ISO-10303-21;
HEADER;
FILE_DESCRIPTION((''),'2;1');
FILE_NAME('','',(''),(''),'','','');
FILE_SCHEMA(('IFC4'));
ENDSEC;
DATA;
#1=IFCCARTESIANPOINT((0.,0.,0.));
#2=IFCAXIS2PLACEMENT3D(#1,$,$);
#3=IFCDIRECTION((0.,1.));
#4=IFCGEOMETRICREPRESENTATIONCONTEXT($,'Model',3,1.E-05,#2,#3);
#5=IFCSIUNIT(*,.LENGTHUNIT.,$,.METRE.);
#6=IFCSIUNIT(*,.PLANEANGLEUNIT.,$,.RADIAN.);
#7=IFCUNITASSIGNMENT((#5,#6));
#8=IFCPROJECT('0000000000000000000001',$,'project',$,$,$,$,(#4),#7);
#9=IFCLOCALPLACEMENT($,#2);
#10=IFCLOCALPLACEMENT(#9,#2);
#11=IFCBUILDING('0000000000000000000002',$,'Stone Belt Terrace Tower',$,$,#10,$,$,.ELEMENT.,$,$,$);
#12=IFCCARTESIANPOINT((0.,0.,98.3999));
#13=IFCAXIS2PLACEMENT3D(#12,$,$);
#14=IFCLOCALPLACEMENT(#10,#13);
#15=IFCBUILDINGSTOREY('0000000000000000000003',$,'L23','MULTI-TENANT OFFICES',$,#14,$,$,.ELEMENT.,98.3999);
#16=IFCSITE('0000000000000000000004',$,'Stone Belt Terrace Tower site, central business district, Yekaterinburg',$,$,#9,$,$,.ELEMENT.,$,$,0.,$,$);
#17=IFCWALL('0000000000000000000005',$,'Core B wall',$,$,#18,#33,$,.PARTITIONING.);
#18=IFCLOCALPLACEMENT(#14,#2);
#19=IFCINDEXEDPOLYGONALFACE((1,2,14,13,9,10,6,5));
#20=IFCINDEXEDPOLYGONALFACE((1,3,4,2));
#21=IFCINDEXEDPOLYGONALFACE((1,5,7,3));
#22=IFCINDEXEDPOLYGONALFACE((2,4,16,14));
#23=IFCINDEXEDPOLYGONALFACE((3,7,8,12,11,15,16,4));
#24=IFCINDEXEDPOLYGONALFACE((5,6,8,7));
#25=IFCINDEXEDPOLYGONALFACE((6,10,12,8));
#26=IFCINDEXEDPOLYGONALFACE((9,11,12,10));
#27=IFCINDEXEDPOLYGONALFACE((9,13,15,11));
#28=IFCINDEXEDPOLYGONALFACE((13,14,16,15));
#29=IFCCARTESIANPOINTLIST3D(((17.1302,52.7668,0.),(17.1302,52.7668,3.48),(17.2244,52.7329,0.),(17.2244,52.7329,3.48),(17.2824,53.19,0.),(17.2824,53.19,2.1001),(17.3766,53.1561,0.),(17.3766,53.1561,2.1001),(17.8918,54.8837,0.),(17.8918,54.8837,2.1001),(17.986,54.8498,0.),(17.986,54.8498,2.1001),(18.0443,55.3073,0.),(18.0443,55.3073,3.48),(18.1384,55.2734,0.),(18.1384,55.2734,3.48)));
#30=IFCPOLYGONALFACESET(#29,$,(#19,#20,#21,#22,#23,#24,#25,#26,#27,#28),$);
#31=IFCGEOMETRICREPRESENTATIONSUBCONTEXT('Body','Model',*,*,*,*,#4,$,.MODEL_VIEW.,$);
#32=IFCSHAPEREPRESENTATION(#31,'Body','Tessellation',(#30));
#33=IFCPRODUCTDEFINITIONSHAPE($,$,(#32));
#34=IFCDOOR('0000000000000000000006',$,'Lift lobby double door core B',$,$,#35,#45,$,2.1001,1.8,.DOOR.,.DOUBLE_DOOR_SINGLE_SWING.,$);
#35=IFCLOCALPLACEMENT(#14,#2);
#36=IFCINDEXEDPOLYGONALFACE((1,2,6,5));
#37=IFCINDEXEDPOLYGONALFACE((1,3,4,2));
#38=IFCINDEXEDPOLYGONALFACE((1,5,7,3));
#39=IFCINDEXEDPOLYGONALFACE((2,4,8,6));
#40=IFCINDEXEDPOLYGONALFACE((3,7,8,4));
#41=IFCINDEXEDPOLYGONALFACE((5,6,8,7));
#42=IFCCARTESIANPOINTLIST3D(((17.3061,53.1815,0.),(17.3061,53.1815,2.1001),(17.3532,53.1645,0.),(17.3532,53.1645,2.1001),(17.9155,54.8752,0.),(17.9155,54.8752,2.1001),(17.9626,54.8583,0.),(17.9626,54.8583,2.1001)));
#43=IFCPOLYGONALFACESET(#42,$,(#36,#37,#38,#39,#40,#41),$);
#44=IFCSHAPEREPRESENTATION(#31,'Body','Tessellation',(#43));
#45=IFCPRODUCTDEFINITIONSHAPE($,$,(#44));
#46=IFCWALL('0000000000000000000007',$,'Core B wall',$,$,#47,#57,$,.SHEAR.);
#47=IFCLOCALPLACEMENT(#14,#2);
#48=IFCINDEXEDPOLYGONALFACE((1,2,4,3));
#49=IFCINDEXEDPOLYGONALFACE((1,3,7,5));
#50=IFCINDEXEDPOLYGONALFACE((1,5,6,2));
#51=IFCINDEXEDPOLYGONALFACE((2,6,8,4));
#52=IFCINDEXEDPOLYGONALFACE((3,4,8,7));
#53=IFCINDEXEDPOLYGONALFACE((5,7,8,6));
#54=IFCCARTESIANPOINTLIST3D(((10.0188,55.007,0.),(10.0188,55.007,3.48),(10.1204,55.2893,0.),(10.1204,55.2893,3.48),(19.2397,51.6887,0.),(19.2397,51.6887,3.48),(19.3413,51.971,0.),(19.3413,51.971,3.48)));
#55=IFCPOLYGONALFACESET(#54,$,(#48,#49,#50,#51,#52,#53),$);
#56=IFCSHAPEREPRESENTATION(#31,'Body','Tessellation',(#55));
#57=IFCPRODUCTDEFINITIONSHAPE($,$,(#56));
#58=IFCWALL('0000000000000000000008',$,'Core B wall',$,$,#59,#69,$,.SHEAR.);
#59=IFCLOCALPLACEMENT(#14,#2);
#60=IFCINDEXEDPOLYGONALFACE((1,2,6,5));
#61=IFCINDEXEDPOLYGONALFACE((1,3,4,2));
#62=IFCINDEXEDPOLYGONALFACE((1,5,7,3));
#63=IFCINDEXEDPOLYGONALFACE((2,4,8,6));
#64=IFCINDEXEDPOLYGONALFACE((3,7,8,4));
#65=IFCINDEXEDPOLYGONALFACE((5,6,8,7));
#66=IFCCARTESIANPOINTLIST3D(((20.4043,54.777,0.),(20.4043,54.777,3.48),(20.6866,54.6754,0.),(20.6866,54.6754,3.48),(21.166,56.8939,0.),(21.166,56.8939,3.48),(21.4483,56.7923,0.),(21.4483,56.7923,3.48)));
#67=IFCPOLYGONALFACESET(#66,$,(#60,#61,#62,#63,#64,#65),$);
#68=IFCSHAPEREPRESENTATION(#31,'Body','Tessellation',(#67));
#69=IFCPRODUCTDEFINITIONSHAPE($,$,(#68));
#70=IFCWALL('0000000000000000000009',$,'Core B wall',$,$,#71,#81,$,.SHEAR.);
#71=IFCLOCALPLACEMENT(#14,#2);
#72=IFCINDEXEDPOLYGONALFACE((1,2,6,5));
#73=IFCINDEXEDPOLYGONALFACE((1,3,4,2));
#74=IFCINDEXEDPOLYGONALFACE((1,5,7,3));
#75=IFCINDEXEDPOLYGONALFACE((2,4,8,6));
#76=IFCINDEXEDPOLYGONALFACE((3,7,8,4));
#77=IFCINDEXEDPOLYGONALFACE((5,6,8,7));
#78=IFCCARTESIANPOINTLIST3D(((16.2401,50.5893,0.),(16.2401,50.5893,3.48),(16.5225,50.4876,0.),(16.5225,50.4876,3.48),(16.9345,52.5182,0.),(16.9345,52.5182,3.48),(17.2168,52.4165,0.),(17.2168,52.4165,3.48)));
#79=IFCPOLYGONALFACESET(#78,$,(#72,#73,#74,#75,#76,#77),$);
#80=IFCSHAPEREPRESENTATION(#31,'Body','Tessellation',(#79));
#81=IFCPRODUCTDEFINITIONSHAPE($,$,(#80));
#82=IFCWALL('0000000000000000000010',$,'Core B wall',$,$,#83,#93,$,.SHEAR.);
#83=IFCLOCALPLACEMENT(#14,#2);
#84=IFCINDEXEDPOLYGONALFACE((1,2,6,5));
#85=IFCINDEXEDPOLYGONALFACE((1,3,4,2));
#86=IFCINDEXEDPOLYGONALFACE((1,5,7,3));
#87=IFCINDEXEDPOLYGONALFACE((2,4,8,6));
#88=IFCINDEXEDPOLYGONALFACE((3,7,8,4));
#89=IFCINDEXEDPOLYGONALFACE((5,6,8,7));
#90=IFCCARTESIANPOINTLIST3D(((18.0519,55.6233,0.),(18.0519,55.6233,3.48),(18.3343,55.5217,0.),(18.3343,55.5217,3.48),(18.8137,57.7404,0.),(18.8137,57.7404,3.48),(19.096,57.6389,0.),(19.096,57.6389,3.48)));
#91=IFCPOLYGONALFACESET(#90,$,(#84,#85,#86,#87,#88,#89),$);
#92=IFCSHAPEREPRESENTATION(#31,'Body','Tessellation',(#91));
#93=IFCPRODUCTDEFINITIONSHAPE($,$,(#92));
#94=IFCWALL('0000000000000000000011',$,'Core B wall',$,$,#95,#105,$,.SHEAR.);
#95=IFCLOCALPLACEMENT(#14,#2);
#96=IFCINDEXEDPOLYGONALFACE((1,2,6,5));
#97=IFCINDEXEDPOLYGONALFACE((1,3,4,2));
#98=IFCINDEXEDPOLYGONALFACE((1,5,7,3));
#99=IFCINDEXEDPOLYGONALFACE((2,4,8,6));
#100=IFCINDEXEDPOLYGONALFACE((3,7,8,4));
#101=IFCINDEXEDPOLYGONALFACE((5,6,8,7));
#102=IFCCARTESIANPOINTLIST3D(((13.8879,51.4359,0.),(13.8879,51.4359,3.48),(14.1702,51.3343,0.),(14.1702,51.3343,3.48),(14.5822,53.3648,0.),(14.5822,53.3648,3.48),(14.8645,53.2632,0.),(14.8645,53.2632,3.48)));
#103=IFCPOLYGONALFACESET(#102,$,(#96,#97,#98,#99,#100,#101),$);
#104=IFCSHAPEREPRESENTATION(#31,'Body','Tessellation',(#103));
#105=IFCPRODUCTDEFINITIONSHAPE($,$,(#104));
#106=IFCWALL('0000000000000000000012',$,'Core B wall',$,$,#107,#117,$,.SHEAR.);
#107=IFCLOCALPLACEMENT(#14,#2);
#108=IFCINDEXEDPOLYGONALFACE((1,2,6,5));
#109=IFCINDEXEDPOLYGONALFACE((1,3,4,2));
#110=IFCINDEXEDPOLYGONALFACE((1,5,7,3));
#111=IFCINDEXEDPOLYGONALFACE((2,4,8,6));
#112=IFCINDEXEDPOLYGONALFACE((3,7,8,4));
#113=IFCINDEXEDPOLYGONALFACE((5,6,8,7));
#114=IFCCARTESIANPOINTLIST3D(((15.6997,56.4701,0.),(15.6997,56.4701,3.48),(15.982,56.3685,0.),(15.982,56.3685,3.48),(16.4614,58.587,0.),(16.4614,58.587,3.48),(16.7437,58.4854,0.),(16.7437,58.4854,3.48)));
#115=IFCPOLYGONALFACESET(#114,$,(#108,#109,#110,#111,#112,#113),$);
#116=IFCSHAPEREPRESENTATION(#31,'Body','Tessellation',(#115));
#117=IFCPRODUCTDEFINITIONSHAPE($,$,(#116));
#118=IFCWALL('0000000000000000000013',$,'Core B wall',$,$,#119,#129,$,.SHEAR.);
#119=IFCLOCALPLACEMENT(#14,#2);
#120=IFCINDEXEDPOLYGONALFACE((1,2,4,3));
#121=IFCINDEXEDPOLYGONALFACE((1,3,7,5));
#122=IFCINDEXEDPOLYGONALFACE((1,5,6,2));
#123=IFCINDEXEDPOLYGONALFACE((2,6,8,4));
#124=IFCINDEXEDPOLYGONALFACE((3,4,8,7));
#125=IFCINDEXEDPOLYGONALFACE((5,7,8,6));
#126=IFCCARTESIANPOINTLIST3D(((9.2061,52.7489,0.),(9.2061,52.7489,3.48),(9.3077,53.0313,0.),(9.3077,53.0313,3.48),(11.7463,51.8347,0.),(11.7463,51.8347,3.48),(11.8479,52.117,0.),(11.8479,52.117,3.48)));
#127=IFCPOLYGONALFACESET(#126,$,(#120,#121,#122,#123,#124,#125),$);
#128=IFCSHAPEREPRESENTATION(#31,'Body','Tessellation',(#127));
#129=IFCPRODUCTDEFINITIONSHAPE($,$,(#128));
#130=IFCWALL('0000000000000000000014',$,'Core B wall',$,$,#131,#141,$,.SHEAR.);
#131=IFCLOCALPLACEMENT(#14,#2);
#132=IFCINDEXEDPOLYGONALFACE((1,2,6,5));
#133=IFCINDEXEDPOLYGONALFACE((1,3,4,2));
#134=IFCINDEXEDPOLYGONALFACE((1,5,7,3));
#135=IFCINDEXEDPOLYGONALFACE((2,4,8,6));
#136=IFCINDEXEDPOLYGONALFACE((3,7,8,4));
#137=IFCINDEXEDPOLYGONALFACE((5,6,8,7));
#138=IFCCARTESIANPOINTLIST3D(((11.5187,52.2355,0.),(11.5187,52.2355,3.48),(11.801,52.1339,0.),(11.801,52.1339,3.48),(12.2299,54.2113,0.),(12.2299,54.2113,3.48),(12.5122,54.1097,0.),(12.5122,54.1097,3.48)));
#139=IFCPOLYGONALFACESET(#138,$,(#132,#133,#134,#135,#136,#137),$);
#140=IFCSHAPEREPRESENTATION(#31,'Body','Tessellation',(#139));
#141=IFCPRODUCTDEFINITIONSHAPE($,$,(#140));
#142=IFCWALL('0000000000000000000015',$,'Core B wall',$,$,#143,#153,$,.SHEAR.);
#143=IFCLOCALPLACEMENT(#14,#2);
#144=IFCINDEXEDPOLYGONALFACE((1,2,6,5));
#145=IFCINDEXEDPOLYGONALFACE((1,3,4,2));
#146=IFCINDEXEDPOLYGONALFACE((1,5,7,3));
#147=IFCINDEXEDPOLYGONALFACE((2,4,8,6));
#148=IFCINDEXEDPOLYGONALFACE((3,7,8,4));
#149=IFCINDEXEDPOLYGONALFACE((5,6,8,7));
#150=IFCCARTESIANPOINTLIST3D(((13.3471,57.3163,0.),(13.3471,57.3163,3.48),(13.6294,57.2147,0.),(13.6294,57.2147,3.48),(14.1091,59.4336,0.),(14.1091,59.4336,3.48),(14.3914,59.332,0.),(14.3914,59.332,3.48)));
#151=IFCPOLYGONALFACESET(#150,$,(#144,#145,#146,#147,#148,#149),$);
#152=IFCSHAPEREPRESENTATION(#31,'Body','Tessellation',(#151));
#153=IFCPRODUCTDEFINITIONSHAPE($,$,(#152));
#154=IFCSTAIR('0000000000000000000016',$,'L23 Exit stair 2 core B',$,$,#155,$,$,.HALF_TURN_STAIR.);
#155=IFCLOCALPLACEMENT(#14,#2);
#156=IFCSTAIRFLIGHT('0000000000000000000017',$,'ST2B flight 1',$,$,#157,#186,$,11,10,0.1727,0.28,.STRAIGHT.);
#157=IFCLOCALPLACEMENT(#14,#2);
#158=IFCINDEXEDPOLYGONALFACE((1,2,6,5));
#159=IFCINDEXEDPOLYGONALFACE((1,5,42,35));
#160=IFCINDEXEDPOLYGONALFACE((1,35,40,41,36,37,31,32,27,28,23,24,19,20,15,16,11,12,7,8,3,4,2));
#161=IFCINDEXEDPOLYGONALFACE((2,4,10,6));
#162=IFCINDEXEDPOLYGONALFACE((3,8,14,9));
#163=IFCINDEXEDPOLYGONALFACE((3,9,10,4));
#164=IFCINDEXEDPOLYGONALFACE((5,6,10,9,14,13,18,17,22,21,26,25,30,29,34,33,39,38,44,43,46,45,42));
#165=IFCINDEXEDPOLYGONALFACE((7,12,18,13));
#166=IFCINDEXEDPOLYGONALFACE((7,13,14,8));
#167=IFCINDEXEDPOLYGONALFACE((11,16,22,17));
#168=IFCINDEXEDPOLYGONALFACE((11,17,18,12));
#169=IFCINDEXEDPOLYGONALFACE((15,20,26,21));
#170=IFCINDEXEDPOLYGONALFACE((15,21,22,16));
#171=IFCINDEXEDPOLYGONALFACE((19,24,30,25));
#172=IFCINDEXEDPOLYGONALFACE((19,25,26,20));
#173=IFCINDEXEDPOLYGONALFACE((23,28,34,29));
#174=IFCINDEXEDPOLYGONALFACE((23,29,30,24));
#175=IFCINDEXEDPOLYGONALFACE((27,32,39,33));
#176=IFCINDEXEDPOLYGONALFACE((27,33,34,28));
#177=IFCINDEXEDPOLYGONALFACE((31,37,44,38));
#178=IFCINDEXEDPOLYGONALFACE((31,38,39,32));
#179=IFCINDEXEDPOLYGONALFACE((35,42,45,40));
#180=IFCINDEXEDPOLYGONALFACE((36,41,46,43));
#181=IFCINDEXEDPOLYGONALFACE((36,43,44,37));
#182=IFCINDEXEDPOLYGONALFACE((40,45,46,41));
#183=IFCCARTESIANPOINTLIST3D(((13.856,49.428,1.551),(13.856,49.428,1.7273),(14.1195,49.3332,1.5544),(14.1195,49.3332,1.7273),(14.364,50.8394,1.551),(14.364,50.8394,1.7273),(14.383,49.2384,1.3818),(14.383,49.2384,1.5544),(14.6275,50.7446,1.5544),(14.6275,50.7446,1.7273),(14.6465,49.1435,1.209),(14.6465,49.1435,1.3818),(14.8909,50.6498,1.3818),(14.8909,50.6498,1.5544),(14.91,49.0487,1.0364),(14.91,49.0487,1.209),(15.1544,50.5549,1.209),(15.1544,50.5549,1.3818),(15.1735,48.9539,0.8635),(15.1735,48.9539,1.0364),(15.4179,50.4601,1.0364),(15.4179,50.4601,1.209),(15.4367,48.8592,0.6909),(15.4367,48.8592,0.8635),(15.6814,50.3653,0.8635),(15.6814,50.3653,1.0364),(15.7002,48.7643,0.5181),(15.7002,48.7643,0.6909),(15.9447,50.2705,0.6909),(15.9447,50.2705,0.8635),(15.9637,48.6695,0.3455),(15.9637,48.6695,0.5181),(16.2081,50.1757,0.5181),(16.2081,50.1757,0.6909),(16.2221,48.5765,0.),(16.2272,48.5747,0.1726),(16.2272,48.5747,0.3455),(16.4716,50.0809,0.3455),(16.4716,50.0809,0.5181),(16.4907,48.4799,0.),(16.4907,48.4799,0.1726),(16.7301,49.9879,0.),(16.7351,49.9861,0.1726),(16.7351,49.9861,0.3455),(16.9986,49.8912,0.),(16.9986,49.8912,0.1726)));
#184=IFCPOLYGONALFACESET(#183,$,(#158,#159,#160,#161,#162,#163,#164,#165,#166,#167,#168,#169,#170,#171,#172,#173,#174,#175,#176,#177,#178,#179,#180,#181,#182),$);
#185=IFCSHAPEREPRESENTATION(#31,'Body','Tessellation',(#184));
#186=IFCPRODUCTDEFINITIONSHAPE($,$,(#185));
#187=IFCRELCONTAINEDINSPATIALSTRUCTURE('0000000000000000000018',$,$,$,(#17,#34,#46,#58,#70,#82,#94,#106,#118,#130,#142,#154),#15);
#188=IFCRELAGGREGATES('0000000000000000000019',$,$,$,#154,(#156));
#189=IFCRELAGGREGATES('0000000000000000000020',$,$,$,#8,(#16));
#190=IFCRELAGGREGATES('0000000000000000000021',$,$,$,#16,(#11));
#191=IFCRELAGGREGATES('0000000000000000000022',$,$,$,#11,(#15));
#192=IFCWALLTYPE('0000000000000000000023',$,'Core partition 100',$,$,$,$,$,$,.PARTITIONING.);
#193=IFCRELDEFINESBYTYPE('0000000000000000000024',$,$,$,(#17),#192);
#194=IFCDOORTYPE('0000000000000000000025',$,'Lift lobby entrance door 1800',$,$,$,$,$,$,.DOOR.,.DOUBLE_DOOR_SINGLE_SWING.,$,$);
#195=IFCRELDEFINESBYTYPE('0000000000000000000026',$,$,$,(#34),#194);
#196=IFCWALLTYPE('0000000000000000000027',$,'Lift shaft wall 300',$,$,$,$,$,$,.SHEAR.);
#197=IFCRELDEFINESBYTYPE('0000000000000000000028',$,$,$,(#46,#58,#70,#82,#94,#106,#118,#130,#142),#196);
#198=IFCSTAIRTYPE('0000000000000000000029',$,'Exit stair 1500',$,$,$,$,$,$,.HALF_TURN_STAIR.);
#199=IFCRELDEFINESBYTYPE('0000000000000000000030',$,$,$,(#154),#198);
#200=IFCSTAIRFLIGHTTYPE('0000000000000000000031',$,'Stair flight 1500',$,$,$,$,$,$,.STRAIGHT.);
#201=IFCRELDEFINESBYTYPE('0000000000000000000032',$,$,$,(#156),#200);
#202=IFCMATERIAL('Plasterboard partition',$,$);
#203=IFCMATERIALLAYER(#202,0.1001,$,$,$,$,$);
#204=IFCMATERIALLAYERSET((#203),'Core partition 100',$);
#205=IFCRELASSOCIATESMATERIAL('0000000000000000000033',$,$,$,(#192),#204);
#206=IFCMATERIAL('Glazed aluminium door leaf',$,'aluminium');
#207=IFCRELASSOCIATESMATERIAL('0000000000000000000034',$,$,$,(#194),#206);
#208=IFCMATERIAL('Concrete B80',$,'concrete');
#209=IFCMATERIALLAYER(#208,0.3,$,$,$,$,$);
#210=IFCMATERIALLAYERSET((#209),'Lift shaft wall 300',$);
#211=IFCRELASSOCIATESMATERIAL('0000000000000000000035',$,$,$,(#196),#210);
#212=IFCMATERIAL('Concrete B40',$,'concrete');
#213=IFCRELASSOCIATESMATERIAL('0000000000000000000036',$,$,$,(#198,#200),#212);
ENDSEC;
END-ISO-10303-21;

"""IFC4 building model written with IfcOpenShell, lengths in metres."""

from ifc_helpers import new_model, si_unit, direction, frame, frame_2d, origin, place, context, subcontext, project, spatial, polyline, rectangle, outline, extrude, material, layer, layer_set, type_object, element, fill, aggregate, save


model = new_model("IFC4")

# Units and contexts
model_context = context("Model", 3, precision=1e-05, world=origin(), true_north=direction((0.0, 1.0)))
body_context = subcontext(model_context, "Body", "Model", "MODEL_VIEW")
ifc_project = project(units=[si_unit("LENGTHUNIT", "METRE"), si_unit("PLANEANGLEUNIT", "RADIAN")], contexts=[model_context])

# Site, building, storey
site_placement = place(None, origin())
site = spatial("IfcSite", under=ifc_project, at=site_placement, Name="Stone Belt Terrace Tower site, central business district, Yekaterinburg", CompositionType="ELEMENT", RefElevation=0.0)
building_placement = place(site_placement, origin())
building = spatial("IfcBuilding", under=site, at=building_placement, Name="Stone Belt Terrace Tower", CompositionType="ELEMENT")
storey_placement = place(building_placement, frame((0.0, 0.0, 98.3999)))
storey = spatial("IfcBuildingStorey", under=building, at=storey_placement, Name="L23", Description="MULTI-TENANT OFFICES", CompositionType="ELEMENT", Elevation=98.3999)

# Wall, opening, door
ifc_material_1 = material(Name="Plasterboard partition")
ifc_layer_1 = layer(ifc_material_1, 0.1001)
ifc_layer_set_1 = layer_set([ifc_layer_1], Name="Core partition 100")
wall_type_1 = type_object("IfcWallType", Name="Core partition 100", PredefinedType="PARTITIONING", material=ifc_layer_set_1)
wall_1_placement = place(storey_placement, frame((17.1772, 52.7498, 0.0), z_axis=(0.0, 0.0, 1.0), x_axis=(0.338547, 0.94095, 0.0)))
wall_1 = element("IfcWall", 1, at=wall_1_placement, inside=storey, type_object=wall_type_1, Name="Core B wall", PredefinedType="PARTITIONING", context=body_context, shape_type="SweptSolid", body=[
    extrude(rectangle(XDim=2.7, YDim=0.1001, at=frame_2d((1.3501, 0.0))), origin(), (0.0, 0.0, 1.0), 3.48),
])
opening_placement = place(wall_1_placement, frame((0.45, 0.0, 0.0)))
opening = element("IfcOpeningElement", 2, at=opening_placement, cuts=wall_1, PredefinedType="OPENING", context=body_context, shape_type="SweptSolid", body=[
    extrude(rectangle(XDim=1.8, YDim=2.1001, at=frame_2d((0.8999, 1.05))), frame((0.0, 0.0601, 0.0), z_axis=(0.0, -1.0, 0.0), x_axis=(1.0, 0.0, 0.0)), (0.0, 0.0, 1.0), 0.1201),
])
ifc_material_2 = material(Name="Glazed aluminium door leaf", Category="aluminium")
door_type = type_object("IfcDoorType", Name="Lift lobby entrance door 1800", OperationType="DOUBLE_DOOR_SINGLE_SWING", PredefinedType="DOOR", material=ifc_material_2)
door_placement = place(opening_placement, origin())
door = element("IfcDoor", 3, at=door_placement, inside=storey, type_object=door_type, Name="Lift lobby double door core B", OperationType="DOUBLE_DOOR_SINGLE_SWING", OverallHeight=2.1001, OverallWidth=1.8, PredefinedType="DOOR", context=body_context, shape_type="SweptSolid", body=[
    extrude(rectangle(XDim=1.8, YDim=2.1001, at=frame_2d((0.8999, 1.05))), frame((0.0, 0.0249, 0.0), z_axis=(0.0, -1.0, 0.0), x_axis=(1.0, 0.0, 0.0)), (0.0, 0.0, 1.0), 0.05),
])
fill(opening, door)

# Walls
ifc_material_3 = material(Name="Concrete B80", Category="concrete")
ifc_layer_2 = layer(ifc_material_3, 0.3)
ifc_layer_set_2 = layer_set([ifc_layer_2], Name="Lift shaft wall 300")
wall_type_2 = type_object("IfcWallType", Name="Lift shaft wall 300", PredefinedType="SHEAR", material=ifc_layer_set_2)
wall_2_placement = place(storey_placement, frame((19.2905, 51.8298, 0.0), z_axis=(0.0, 0.0, 1.0), x_axis=(-0.940926, 0.338613, 0.0)))
element("IfcWall", 4, at=wall_2_placement, inside=storey, type_object=wall_type_2, Name="Core B wall", PredefinedType="SHEAR", context=body_context, shape_type="SweptSolid", body=[
    extrude(rectangle(XDim=9.7998, YDim=0.3, at=frame_2d((4.8999, 0.0))), origin(), (0.0, 0.0, 1.0), 3.48),
])
wall_3_placement = place(storey_placement, frame((20.5454, 54.7261, 0.0), z_axis=(0.0, 0.0, 1.0), x_axis=(0.33857, 0.940941, 0.0)))
element("IfcWall", 5, at=wall_3_placement, inside=storey, type_object=wall_type_2, Name="Core B wall", PredefinedType="SHEAR", context=body_context, shape_type="SweptSolid", body=[
    extrude(rectangle(XDim=2.2498, YDim=0.3, at=frame_2d((1.125, 0.0))), origin(), (0.0, 0.0, 1.0), 3.48),
])
wall_4_placement = place(storey_placement, frame((16.3813, 50.5386, 0.0), z_axis=(0.0, 0.0, 1.0), x_axis=(0.338682, 0.940901, 0.0)))
element("IfcWall", 6, at=wall_4_placement, inside=storey, type_object=wall_type_2, Name="Core B wall", PredefinedType="SHEAR", context=body_context, shape_type="SweptSolid", body=[
    extrude(rectangle(XDim=2.05, YDim=0.3, at=frame_2d((1.0249, 0.0))), origin(), (0.0, 0.0, 1.0), 3.48),
])
wall_5_placement = place(storey_placement, frame((18.1931, 55.5725, 0.0), z_axis=(0.0, 0.0, 1.0), x_axis=(0.338535, 0.940954, 0.0)))
element("IfcWall", 7, at=wall_5_placement, inside=storey, type_object=wall_type_2, Name="Core B wall", PredefinedType="SHEAR", context=body_context, shape_type="SweptSolid", body=[
    extrude(rectangle(XDim=2.25, YDim=0.3, at=frame_2d((1.125, 0.0))), origin(), (0.0, 0.0, 1.0), 3.48),
])
wall_6_placement = place(storey_placement, frame((14.0291, 51.3853, 0.0), z_axis=(0.0, 0.0, 1.0), x_axis=(0.338682, 0.940901, 0.0)))
element("IfcWall", 8, at=wall_6_placement, inside=storey, type_object=wall_type_2, Name="Core B wall", PredefinedType="SHEAR", context=body_context, shape_type="SweptSolid", body=[
    extrude(rectangle(XDim=2.05, YDim=0.3, at=frame_2d((1.0249, 0.0))), origin(), (0.0, 0.0, 1.0), 3.48),
])
wall_7_placement = place(storey_placement, frame((15.8408, 56.4192, 0.0), z_axis=(0.0, 0.0, 1.0), x_axis=(0.33857, 0.940941, 0.0)))
element("IfcWall", 9, at=wall_7_placement, inside=storey, type_object=wall_type_2, Name="Core B wall", PredefinedType="SHEAR", context=body_context, shape_type="SweptSolid", body=[
    extrude(rectangle(XDim=2.2498, YDim=0.3, at=frame_2d((1.125, 0.0))), origin(), (0.0, 0.0, 1.0), 3.48),
])
wall_8_placement = place(storey_placement, frame((11.7971, 51.9758, 0.0), z_axis=(0.0, 0.0, 1.0), x_axis=(-0.94091, 0.338655, 0.0)))
element("IfcWall", 10, at=wall_8_placement, inside=storey, type_object=wall_type_2, Name="Core B wall", PredefinedType="SHEAR", context=body_context, shape_type="SweptSolid", body=[
    extrude(rectangle(XDim=2.6997, YDim=0.3, at=frame_2d((1.3499, 0.0))), origin(), (0.0, 0.0, 1.0), 3.48),
])
wall_9_placement = place(storey_placement, frame((11.6599, 52.1848, 0.0), z_axis=(0.0, 0.0, 1.0), x_axis=(0.33867, 0.940905, 0.0)))
element("IfcWall", 11, at=wall_9_placement, inside=storey, type_object=wall_type_2, Name="Core B wall", PredefinedType="SHEAR", context=body_context, shape_type="SweptSolid", body=[
    extrude(rectangle(XDim=2.0999, YDim=0.3, at=frame_2d((1.0498, 0.0))), origin(), (0.0, 0.0, 1.0), 3.48),
])
wall_10_placement = place(storey_placement, frame((13.4883, 57.2656, 0.0), z_axis=(0.0, 0.0, 1.0), x_axis=(0.338631, 0.940919, 0.0)))
element("IfcWall", 12, at=wall_10_placement, inside=storey, type_object=wall_type_2, Name="Core B wall", PredefinedType="SHEAR", context=body_context, shape_type="SweptSolid", body=[
    extrude(rectangle(XDim=2.2502, YDim=0.3, at=frame_2d((1.125, 0.0))), origin(), (0.0, 0.0, 1.0), 3.48),
])

# Stair, stair flight
ifc_material_4 = material(Name="Concrete B40", Category="concrete")
stair_type = type_object("IfcStairType", Name="Exit stair 1500", PredefinedType="HALF_TURN_STAIR", material=ifc_material_4)
stair_placement = place(storey_placement, origin())
stair = element("IfcStair", 13, at=stair_placement, inside=storey, type_object=stair_type, Name="L23 Exit stair 2 core B", PredefinedType="HALF_TURN_STAIR")
stair_flight_type = type_object("IfcStairFlightType", Name="Stair flight 1500", PredefinedType="STRAIGHT", material=ifc_material_4)
stair_flight_1_placement = place(storey_placement, frame((16.7446, 49.1855, 0.0), z_axis=(0.0, 0.0, 1.0), x_axis=(-0.940922, 0.338624, 0.0)))
stair_flight_1 = element("IfcStairFlight", 14, at=stair_flight_1_placement, type_object=stair_flight_type, Name="ST2B flight 1", NumberOfRisers=11, NumberOfTreads=10, PredefinedType="STRAIGHT", RiserHeight=0.1727, TreadLength=0.28, context=body_context, shape_type="SweptSolid", body=[
    extrude(outline(polyline([(0.0, 0.0), (0.0, 0.1726), (0.28, 0.1726), (0.28, 0.3455), (0.5601, 0.3455), (0.5601, 0.5181), (0.8401, 0.5181), (0.8401, 0.6909), (1.1201, 0.6909), (1.1201, 0.8635), (1.3999, 0.8635), (1.3999, 1.0364), (1.6799, 1.0364), (1.6799, 1.209), (1.96, 1.209), (1.96, 1.3818), (2.24, 1.3818), (2.24, 1.5544), (2.52, 1.5544), (2.52, 1.7273), (2.8, 1.7273), (2.8, 1.8999), (2.8, 1.551), (0.2854, 0.0), (0.0, 0.0)])), frame((0.0, 0.75, 0.0), z_axis=(0.0, -1.0, 0.0), x_axis=(1.0, 0.0, 0.0)), (0.0, 0.0, 1.0), 1.5),
])
aggregate(stair, [stair_flight_1])

save(model, "model.ifc")
